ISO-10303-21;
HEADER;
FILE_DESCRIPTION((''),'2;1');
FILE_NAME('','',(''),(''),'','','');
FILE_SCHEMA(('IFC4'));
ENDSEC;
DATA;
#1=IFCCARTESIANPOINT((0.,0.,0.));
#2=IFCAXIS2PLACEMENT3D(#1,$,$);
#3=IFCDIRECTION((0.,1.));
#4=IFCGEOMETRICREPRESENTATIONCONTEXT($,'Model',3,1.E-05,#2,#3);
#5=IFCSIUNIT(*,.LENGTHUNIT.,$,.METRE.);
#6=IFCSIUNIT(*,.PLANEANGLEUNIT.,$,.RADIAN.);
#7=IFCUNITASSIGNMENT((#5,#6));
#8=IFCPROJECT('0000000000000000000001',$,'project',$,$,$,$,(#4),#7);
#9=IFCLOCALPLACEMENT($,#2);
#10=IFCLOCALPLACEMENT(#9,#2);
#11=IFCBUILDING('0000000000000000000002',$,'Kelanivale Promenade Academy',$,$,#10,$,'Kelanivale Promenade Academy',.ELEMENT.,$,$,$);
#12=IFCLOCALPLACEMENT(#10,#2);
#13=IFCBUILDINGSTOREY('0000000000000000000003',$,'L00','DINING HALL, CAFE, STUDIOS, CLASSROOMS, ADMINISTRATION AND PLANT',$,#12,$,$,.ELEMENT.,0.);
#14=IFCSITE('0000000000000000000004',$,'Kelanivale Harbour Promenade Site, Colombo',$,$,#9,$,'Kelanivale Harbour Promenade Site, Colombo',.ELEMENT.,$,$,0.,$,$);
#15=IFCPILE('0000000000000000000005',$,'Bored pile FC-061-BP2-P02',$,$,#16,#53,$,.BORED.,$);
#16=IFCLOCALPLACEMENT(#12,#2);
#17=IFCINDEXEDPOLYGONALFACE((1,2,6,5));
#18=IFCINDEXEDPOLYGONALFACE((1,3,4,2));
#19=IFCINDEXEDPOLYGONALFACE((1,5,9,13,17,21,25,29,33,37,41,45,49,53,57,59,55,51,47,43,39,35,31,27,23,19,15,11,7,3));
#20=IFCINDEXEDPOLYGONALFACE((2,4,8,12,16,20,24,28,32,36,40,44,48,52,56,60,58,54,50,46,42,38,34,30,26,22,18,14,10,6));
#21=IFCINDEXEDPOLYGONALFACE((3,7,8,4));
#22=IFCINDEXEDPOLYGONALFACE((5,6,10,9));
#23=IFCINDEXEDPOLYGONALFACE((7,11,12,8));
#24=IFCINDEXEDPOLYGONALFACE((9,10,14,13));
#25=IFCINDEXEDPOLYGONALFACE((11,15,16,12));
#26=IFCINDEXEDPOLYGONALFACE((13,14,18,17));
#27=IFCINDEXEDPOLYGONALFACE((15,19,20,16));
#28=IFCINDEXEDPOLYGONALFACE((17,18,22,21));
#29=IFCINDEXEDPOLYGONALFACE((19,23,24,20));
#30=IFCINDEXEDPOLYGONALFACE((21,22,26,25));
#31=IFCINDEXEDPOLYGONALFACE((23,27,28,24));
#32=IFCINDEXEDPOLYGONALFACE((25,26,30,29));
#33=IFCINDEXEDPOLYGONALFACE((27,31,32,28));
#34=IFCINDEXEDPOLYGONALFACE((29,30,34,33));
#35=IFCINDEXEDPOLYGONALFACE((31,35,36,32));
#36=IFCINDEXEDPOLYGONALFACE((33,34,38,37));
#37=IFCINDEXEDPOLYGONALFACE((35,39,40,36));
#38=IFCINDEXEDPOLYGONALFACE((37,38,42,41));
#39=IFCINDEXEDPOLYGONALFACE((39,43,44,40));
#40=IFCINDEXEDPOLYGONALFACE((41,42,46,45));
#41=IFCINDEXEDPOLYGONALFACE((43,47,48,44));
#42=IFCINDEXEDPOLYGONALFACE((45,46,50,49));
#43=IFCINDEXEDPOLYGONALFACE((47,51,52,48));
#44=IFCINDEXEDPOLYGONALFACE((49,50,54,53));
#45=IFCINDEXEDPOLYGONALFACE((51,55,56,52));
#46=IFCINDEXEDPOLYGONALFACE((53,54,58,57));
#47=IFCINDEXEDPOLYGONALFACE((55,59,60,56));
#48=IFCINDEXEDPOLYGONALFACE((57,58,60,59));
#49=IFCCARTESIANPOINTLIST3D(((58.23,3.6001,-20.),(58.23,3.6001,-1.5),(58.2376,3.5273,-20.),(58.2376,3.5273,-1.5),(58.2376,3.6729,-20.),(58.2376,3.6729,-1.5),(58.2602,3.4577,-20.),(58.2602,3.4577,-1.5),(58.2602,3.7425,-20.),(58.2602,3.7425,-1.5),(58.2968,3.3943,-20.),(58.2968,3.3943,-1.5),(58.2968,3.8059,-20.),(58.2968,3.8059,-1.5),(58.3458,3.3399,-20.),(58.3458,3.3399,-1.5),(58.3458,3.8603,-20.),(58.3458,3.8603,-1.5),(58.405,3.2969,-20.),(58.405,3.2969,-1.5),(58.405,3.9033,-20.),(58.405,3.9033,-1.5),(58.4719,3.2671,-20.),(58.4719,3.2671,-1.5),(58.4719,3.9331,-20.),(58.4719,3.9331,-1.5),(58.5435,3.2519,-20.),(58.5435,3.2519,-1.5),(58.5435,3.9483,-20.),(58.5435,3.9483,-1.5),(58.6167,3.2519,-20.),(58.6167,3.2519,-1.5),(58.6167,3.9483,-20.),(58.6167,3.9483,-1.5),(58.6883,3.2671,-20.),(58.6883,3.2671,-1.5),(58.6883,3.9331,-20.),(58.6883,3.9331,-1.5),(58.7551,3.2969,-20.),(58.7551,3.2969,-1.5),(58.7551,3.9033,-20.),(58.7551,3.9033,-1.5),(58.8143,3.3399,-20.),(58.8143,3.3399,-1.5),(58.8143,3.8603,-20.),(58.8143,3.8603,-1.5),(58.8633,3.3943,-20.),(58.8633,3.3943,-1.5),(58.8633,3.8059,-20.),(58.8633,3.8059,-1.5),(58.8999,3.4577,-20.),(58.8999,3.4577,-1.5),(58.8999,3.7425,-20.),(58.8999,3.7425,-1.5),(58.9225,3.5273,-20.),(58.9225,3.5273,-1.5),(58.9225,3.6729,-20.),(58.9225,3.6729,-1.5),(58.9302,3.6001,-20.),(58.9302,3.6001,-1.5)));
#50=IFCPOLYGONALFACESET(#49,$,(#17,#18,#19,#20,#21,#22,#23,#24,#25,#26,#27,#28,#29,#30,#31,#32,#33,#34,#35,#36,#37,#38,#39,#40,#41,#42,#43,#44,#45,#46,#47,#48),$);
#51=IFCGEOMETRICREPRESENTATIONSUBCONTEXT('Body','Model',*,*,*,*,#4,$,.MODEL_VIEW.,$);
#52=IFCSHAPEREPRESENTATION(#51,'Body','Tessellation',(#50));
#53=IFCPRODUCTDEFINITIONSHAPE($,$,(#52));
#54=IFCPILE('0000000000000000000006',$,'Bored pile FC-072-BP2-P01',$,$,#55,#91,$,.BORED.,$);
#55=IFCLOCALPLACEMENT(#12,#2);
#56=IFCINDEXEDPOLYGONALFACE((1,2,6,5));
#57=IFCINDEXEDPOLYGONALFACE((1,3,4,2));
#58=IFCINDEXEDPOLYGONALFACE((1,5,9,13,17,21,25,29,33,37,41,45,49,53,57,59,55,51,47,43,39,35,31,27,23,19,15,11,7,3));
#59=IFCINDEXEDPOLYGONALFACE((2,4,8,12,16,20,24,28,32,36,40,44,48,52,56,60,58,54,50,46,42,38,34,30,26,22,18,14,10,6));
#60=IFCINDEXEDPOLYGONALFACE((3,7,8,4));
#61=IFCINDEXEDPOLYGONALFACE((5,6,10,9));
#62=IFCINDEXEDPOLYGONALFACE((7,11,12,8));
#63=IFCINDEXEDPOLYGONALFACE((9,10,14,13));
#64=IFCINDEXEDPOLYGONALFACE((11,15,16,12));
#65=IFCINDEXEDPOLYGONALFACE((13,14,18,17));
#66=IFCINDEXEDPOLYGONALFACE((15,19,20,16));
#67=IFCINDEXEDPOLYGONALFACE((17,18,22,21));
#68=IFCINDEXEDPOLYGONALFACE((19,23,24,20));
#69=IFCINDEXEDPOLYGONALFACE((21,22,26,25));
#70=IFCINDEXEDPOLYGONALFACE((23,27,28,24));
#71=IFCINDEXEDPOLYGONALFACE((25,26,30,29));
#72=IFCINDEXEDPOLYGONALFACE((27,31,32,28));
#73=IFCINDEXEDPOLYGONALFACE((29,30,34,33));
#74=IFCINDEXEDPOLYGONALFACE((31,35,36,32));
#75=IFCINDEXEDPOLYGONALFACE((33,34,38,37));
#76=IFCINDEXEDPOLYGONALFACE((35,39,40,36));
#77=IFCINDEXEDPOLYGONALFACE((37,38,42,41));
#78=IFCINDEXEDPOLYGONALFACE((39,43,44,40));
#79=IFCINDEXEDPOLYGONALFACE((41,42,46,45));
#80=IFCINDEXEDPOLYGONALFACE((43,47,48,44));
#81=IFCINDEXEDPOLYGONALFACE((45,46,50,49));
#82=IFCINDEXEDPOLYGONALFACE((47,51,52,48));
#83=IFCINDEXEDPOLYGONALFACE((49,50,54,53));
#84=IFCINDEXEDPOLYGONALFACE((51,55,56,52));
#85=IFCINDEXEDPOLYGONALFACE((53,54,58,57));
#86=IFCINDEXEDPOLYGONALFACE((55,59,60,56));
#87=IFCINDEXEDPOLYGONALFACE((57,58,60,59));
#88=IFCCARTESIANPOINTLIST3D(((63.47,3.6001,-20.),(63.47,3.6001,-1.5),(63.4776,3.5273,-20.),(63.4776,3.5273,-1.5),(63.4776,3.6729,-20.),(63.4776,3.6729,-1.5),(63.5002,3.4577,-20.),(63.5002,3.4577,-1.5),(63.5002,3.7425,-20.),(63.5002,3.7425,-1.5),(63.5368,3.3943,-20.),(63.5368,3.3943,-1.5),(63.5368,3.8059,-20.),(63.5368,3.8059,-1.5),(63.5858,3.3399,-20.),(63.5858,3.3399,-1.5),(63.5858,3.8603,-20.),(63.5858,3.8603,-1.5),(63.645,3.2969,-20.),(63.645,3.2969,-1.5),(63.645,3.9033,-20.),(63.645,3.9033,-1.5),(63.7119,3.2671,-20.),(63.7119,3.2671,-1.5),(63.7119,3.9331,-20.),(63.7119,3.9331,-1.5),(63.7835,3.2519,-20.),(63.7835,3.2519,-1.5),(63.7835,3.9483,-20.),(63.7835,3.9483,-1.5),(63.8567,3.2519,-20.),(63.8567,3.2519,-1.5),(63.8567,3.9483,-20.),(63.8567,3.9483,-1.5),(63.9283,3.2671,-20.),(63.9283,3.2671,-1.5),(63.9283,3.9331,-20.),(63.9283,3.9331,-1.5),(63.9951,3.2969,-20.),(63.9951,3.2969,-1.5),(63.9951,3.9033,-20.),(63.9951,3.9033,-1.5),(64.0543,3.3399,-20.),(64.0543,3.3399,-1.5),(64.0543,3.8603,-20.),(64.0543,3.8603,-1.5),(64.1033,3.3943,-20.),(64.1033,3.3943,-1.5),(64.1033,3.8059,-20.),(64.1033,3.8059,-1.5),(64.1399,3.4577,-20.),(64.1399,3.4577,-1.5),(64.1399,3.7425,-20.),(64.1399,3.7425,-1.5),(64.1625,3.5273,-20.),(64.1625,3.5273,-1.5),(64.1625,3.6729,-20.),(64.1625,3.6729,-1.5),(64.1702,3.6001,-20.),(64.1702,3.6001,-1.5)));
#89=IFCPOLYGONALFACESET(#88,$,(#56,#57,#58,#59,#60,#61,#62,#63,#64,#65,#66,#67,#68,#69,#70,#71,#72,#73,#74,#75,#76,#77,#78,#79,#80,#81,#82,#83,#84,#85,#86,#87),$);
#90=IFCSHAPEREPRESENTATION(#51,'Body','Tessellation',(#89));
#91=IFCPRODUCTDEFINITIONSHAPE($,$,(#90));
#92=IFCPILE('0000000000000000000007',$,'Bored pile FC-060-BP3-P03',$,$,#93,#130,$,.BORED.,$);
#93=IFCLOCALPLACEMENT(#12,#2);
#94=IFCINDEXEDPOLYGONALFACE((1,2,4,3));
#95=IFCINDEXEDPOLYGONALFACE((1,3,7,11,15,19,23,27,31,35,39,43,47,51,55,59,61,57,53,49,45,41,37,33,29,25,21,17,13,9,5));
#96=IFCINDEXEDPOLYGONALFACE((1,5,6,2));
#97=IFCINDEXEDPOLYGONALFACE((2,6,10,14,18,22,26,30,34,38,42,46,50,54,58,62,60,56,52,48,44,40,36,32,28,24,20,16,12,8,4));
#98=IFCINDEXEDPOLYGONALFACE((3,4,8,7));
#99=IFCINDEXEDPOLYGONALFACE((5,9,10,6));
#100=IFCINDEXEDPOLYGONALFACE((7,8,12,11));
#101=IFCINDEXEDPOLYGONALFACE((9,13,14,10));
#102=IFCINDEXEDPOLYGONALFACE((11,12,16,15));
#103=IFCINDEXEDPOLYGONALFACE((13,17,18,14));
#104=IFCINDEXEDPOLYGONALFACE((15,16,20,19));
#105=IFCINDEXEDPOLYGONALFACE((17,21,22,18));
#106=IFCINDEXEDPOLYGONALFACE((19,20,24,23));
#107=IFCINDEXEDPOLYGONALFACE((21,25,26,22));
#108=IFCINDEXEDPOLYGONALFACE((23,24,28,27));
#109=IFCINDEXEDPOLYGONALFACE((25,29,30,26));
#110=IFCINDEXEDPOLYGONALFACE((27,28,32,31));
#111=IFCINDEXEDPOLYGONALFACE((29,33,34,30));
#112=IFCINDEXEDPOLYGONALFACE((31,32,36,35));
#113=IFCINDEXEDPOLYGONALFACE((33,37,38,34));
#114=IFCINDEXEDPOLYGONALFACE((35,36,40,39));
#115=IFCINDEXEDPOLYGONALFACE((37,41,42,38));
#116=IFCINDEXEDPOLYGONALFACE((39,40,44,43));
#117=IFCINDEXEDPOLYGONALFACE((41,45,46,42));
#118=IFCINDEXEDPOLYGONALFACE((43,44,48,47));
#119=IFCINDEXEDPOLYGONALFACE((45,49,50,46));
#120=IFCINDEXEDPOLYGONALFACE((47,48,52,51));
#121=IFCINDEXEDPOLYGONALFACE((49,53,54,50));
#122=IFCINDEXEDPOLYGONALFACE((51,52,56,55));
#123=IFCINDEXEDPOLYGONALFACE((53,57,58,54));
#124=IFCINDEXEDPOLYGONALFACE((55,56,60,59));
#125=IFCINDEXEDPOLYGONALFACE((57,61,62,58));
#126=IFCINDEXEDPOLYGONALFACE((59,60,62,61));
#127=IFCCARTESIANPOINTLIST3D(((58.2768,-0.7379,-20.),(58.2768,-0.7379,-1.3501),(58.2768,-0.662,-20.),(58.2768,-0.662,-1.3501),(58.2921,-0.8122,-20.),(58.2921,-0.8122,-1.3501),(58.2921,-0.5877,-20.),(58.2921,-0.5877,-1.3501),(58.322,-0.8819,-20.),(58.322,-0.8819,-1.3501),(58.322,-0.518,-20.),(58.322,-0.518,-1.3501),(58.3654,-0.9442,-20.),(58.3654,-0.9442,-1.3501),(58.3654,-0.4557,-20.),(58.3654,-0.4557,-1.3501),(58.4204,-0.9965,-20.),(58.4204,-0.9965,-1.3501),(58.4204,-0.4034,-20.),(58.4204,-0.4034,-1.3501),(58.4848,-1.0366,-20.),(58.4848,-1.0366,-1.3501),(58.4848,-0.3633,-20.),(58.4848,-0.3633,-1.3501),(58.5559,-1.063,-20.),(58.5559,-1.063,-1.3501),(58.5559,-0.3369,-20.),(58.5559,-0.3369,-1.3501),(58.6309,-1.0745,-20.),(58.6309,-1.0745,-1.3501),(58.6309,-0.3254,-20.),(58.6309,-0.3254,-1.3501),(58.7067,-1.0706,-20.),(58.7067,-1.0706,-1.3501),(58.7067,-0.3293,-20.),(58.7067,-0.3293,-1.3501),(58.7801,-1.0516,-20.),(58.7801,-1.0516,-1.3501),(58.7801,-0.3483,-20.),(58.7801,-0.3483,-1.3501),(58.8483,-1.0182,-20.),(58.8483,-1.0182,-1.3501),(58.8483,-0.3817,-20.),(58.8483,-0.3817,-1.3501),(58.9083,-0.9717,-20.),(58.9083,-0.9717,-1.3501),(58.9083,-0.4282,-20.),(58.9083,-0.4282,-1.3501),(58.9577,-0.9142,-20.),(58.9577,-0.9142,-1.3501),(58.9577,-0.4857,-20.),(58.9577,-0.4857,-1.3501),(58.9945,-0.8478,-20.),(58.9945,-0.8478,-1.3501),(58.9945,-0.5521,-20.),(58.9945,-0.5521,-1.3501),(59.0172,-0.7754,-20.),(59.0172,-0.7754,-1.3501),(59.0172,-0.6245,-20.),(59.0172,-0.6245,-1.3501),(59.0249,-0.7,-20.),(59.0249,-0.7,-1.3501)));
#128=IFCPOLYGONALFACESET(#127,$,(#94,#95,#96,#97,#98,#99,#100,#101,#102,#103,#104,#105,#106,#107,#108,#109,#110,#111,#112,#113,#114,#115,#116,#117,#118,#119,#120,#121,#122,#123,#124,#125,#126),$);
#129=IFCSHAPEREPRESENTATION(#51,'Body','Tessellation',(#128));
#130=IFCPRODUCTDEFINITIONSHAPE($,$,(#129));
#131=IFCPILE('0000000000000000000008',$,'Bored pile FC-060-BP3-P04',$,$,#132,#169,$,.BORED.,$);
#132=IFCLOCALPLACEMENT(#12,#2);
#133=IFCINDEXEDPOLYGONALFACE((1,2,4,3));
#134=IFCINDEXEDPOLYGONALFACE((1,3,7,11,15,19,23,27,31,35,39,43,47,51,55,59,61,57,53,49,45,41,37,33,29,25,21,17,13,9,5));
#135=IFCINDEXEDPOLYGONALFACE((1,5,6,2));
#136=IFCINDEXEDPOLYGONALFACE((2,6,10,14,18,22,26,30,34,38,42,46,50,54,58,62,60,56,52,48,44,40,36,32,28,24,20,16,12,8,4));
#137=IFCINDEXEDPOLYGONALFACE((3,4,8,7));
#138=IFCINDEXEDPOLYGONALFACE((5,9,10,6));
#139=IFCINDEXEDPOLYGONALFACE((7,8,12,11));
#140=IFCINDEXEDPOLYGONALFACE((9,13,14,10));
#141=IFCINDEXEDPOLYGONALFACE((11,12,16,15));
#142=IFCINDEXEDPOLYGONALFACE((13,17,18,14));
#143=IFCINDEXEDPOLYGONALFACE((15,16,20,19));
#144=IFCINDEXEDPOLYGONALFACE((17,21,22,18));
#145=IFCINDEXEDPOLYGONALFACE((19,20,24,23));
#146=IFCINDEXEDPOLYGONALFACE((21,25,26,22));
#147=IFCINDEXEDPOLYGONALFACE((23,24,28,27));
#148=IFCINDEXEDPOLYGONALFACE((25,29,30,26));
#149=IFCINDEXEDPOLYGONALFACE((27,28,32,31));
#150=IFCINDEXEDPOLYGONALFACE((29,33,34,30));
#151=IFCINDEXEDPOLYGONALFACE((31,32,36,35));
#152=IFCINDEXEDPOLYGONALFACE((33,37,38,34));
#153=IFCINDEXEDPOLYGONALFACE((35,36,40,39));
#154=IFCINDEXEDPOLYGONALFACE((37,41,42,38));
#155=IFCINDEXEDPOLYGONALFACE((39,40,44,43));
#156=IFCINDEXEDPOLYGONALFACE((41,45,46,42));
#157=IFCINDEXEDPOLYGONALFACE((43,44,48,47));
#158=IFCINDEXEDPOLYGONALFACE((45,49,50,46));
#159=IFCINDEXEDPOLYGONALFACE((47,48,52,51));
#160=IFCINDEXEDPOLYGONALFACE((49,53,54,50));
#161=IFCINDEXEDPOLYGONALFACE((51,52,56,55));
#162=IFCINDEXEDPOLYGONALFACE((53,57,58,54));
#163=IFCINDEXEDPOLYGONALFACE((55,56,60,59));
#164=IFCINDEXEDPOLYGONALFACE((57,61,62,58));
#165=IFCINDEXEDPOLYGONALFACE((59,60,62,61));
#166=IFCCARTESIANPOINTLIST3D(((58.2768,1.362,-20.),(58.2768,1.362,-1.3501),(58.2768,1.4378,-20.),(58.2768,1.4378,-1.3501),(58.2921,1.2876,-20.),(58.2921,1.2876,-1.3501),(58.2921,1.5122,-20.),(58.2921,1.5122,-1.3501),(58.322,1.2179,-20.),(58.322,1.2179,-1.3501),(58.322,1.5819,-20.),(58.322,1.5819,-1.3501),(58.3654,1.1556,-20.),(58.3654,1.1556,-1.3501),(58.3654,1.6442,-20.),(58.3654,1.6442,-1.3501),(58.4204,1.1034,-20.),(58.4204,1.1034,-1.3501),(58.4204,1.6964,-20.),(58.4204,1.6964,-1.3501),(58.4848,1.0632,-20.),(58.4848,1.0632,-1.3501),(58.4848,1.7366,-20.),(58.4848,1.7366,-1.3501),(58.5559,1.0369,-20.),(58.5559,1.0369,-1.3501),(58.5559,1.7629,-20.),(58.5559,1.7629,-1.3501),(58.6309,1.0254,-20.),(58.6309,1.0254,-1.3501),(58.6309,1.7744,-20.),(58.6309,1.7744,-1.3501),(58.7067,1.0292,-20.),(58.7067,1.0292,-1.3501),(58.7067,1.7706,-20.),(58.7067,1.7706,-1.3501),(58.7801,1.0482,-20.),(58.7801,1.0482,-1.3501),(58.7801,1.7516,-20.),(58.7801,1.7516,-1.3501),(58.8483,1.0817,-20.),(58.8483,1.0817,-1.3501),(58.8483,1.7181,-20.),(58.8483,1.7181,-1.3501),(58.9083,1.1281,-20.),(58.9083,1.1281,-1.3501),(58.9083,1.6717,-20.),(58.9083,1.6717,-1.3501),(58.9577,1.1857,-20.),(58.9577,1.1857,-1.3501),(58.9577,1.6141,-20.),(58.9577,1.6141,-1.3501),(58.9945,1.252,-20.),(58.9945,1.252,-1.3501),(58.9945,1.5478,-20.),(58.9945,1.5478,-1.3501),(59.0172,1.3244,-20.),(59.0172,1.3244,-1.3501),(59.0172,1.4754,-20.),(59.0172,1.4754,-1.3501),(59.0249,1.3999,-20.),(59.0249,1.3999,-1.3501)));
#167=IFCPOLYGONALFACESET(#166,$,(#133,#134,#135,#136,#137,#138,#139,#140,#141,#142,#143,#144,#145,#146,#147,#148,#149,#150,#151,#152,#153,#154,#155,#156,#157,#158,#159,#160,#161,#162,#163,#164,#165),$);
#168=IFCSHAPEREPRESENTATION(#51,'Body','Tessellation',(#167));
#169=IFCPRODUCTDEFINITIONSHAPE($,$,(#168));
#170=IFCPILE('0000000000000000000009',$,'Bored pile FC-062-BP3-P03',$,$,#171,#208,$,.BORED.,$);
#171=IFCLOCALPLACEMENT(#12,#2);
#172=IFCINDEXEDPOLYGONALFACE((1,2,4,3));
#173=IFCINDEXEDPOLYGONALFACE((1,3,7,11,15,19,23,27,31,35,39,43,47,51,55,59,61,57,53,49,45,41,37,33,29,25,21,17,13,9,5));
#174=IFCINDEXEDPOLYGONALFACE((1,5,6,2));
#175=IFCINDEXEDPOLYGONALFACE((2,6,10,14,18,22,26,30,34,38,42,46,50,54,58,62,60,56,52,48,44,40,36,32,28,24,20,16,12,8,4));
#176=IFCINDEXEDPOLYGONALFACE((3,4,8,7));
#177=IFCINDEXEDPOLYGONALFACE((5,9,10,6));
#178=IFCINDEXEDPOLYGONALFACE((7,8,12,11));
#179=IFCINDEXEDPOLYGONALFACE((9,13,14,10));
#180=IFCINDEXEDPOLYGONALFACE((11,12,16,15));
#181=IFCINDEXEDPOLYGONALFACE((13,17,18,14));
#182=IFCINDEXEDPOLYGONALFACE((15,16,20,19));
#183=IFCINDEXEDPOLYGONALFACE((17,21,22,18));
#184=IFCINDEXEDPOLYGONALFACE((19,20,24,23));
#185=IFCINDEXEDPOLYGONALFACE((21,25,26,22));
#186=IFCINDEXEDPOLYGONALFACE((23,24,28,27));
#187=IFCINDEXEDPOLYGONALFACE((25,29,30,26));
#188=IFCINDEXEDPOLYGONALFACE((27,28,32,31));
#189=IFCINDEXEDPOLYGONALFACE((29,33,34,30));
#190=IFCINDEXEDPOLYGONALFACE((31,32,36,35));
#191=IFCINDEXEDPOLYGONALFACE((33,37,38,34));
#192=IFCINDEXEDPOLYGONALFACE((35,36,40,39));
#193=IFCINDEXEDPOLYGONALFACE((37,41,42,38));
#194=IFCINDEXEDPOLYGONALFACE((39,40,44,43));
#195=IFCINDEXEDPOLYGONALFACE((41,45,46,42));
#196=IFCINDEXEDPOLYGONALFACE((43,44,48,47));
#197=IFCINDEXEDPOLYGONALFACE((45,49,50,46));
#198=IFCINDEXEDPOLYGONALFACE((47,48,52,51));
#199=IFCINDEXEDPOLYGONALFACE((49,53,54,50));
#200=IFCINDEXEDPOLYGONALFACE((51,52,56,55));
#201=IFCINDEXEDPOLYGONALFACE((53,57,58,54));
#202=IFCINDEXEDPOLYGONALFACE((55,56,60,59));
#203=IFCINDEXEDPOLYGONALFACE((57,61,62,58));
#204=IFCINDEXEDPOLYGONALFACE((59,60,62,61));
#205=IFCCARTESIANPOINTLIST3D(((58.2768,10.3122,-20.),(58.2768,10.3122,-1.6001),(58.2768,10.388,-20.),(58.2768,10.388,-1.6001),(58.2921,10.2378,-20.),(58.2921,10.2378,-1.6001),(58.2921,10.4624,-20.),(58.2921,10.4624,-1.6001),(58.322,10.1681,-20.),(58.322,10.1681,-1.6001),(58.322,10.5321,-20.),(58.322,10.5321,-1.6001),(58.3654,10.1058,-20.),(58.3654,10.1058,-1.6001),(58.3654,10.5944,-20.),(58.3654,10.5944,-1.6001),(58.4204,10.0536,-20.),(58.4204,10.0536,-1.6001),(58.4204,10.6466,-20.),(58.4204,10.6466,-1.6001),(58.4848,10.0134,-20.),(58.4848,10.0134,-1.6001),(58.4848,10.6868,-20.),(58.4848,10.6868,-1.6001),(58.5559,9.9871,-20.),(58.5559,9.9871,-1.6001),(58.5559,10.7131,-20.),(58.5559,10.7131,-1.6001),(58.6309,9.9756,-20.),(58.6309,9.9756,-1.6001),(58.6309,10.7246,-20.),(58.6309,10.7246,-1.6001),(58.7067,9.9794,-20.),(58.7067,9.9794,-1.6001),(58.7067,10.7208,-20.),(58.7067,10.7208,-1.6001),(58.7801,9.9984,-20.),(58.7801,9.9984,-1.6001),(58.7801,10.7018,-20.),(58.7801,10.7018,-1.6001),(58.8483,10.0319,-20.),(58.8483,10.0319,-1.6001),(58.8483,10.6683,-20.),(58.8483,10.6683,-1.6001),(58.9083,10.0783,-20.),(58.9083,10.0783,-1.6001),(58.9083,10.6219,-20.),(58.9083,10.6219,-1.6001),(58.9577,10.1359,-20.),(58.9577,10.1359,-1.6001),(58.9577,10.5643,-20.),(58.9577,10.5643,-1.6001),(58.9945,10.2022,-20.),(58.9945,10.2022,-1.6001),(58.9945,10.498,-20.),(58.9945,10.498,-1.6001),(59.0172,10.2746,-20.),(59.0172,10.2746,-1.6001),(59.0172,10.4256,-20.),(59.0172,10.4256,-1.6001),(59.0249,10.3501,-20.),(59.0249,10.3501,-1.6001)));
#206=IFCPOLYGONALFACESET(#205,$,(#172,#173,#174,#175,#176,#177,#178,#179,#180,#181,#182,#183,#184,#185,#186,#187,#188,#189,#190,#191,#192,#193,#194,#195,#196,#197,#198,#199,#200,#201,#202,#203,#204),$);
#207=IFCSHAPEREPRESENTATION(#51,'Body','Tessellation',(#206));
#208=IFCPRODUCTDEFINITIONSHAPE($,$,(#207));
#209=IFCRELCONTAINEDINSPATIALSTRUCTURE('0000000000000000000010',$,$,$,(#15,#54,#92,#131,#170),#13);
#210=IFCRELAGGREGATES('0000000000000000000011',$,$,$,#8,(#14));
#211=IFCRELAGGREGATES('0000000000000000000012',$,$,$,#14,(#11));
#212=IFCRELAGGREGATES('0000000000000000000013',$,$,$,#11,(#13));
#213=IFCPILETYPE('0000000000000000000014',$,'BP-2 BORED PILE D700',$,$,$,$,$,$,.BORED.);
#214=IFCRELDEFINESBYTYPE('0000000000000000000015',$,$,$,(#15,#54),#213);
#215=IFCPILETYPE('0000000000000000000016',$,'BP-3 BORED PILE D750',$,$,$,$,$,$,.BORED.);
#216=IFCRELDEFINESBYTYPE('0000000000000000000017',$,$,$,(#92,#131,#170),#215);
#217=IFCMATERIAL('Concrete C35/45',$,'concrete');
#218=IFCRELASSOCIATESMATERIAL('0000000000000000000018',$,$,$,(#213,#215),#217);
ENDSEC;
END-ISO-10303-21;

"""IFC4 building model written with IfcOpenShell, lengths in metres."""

from ifc_helpers import new_model, si_unit, direction, frame, origin, origin_2d, place, context, subcontext, project, spatial, circle, extrude, material, material_profile, profile_set, type_object, element, save


model = new_model("IFC4")

# Units and contexts
model_context = context("Model", 3, precision=1e-05, world=origin(), true_north=direction((0.0, 1.0)))
body_context = subcontext(model_context, "Body", "Model", "MODEL_VIEW")
ifc_project = project(units=[si_unit("LENGTHUNIT", "METRE"), si_unit("PLANEANGLEUNIT", "RADIAN")], contexts=[model_context])

# Site, building, storey
site_placement = place(None, origin())
site = spatial("IfcSite", under=ifc_project, at=site_placement, Name="Kelanivale Harbour Promenade Site, Colombo", LongName="Kelanivale Harbour Promenade Site, Colombo", CompositionType="ELEMENT", RefElevation=0.0)
building_placement = place(site_placement, origin())
building = spatial("IfcBuilding", under=site, at=building_placement, Name="Kelanivale Promenade Academy", LongName="Kelanivale Promenade Academy", CompositionType="ELEMENT")
storey_placement = place(building_placement, origin())
storey = spatial("IfcBuildingStorey", under=building, at=storey_placement, Name="L00", Description="DINING HALL, CAFE, STUDIOS, CLASSROOMS, ADMINISTRATION AND PLANT", CompositionType="ELEMENT", Elevation=0.0)

# Piles
ifc_material_1 = material(Name="Concrete C35/45", Category="concrete")
ifc_material_profile_1 = material_profile(ifc_material_1, circle(Radius=0.3501, at=origin_2d()), Name="BORED PILE D700")
ifc_profile_set_1 = profile_set([ifc_material_profile_1], Name="Concrete C35/45")
pile_type_1 = type_object("IfcPileType", Name="BP-2 BORED PILE D700", PredefinedType="BORED", material=ifc_profile_set_1)
for number, where, z_axis, x_axis, name in (
    (1, (58.5801, 3.6001, -1.5), (0.0, 0.0, -1.0), (1.0, 0.0, 0.0), "Bored pile FC-061-BP2-P02"),
    (2, (63.8201, 3.6001, -1.5), (0.0, 0.0, -1.0), (1.0, 0.0, 0.0), "Bored pile FC-072-BP2-P01"),
):
    element("IfcPile", number, at=place(storey_placement, frame(where, z_axis=z_axis, x_axis=x_axis)), inside=storey, type_object=pile_type_1, Name=name, PredefinedType="BORED", context=body_context, shape_type="SweptSolid", body=[
        extrude(circle(Radius=0.3501, at=origin_2d()), origin(), (0.0, 0.0, 1.0), 18.5),
    ])
ifc_material_profile_2 = material_profile(ifc_material_1, circle(Radius=0.375, at=origin_2d()), Name="BORED PILE D750")
ifc_profile_set_2 = profile_set([ifc_material_profile_2], Name="Concrete C35/45")
pile_type_2 = type_object("IfcPileType", Name="BP-3 BORED PILE D750", PredefinedType="BORED", material=ifc_profile_set_2)
for number, where, z_axis, x_axis, name in (
    (3, (58.6499, -0.7, -1.3501), (0.0, 0.0, -1.0), (1.0, 0.0, 0.0), "Bored pile FC-060-BP3-P03"),
    (4, (58.6499, 1.3999, -1.3501), (0.0, 0.0, -1.0), (1.0, 0.0, 0.0), "Bored pile FC-060-BP3-P04"),
):
    element("IfcPile", number, at=place(storey_placement, frame(where, z_axis=z_axis, x_axis=x_axis)), inside=storey, type_object=pile_type_2, Name=name, PredefinedType="BORED", context=body_context, shape_type="SweptSolid", body=[
        extrude(circle(Radius=0.375, at=origin_2d()), origin(), (0.0, 0.0, 1.0), 18.6499),
    ])
pile_1_placement = place(storey_placement, frame((58.6499, 10.3501, -1.6001), z_axis=(0.0, 0.0, -1.0), x_axis=(1.0, 0.0, 0.0)))
element("IfcPile", 5, at=pile_1_placement, inside=storey, type_object=pile_type_2, Name="Bored pile FC-062-BP3-P03", PredefinedType="BORED", context=body_context, shape_type="SweptSolid", body=[
    extrude(circle(Radius=0.375, at=origin_2d()), origin(), (0.0, 0.0, 1.0), 18.3999),
])

save(model, "model.ifc")
